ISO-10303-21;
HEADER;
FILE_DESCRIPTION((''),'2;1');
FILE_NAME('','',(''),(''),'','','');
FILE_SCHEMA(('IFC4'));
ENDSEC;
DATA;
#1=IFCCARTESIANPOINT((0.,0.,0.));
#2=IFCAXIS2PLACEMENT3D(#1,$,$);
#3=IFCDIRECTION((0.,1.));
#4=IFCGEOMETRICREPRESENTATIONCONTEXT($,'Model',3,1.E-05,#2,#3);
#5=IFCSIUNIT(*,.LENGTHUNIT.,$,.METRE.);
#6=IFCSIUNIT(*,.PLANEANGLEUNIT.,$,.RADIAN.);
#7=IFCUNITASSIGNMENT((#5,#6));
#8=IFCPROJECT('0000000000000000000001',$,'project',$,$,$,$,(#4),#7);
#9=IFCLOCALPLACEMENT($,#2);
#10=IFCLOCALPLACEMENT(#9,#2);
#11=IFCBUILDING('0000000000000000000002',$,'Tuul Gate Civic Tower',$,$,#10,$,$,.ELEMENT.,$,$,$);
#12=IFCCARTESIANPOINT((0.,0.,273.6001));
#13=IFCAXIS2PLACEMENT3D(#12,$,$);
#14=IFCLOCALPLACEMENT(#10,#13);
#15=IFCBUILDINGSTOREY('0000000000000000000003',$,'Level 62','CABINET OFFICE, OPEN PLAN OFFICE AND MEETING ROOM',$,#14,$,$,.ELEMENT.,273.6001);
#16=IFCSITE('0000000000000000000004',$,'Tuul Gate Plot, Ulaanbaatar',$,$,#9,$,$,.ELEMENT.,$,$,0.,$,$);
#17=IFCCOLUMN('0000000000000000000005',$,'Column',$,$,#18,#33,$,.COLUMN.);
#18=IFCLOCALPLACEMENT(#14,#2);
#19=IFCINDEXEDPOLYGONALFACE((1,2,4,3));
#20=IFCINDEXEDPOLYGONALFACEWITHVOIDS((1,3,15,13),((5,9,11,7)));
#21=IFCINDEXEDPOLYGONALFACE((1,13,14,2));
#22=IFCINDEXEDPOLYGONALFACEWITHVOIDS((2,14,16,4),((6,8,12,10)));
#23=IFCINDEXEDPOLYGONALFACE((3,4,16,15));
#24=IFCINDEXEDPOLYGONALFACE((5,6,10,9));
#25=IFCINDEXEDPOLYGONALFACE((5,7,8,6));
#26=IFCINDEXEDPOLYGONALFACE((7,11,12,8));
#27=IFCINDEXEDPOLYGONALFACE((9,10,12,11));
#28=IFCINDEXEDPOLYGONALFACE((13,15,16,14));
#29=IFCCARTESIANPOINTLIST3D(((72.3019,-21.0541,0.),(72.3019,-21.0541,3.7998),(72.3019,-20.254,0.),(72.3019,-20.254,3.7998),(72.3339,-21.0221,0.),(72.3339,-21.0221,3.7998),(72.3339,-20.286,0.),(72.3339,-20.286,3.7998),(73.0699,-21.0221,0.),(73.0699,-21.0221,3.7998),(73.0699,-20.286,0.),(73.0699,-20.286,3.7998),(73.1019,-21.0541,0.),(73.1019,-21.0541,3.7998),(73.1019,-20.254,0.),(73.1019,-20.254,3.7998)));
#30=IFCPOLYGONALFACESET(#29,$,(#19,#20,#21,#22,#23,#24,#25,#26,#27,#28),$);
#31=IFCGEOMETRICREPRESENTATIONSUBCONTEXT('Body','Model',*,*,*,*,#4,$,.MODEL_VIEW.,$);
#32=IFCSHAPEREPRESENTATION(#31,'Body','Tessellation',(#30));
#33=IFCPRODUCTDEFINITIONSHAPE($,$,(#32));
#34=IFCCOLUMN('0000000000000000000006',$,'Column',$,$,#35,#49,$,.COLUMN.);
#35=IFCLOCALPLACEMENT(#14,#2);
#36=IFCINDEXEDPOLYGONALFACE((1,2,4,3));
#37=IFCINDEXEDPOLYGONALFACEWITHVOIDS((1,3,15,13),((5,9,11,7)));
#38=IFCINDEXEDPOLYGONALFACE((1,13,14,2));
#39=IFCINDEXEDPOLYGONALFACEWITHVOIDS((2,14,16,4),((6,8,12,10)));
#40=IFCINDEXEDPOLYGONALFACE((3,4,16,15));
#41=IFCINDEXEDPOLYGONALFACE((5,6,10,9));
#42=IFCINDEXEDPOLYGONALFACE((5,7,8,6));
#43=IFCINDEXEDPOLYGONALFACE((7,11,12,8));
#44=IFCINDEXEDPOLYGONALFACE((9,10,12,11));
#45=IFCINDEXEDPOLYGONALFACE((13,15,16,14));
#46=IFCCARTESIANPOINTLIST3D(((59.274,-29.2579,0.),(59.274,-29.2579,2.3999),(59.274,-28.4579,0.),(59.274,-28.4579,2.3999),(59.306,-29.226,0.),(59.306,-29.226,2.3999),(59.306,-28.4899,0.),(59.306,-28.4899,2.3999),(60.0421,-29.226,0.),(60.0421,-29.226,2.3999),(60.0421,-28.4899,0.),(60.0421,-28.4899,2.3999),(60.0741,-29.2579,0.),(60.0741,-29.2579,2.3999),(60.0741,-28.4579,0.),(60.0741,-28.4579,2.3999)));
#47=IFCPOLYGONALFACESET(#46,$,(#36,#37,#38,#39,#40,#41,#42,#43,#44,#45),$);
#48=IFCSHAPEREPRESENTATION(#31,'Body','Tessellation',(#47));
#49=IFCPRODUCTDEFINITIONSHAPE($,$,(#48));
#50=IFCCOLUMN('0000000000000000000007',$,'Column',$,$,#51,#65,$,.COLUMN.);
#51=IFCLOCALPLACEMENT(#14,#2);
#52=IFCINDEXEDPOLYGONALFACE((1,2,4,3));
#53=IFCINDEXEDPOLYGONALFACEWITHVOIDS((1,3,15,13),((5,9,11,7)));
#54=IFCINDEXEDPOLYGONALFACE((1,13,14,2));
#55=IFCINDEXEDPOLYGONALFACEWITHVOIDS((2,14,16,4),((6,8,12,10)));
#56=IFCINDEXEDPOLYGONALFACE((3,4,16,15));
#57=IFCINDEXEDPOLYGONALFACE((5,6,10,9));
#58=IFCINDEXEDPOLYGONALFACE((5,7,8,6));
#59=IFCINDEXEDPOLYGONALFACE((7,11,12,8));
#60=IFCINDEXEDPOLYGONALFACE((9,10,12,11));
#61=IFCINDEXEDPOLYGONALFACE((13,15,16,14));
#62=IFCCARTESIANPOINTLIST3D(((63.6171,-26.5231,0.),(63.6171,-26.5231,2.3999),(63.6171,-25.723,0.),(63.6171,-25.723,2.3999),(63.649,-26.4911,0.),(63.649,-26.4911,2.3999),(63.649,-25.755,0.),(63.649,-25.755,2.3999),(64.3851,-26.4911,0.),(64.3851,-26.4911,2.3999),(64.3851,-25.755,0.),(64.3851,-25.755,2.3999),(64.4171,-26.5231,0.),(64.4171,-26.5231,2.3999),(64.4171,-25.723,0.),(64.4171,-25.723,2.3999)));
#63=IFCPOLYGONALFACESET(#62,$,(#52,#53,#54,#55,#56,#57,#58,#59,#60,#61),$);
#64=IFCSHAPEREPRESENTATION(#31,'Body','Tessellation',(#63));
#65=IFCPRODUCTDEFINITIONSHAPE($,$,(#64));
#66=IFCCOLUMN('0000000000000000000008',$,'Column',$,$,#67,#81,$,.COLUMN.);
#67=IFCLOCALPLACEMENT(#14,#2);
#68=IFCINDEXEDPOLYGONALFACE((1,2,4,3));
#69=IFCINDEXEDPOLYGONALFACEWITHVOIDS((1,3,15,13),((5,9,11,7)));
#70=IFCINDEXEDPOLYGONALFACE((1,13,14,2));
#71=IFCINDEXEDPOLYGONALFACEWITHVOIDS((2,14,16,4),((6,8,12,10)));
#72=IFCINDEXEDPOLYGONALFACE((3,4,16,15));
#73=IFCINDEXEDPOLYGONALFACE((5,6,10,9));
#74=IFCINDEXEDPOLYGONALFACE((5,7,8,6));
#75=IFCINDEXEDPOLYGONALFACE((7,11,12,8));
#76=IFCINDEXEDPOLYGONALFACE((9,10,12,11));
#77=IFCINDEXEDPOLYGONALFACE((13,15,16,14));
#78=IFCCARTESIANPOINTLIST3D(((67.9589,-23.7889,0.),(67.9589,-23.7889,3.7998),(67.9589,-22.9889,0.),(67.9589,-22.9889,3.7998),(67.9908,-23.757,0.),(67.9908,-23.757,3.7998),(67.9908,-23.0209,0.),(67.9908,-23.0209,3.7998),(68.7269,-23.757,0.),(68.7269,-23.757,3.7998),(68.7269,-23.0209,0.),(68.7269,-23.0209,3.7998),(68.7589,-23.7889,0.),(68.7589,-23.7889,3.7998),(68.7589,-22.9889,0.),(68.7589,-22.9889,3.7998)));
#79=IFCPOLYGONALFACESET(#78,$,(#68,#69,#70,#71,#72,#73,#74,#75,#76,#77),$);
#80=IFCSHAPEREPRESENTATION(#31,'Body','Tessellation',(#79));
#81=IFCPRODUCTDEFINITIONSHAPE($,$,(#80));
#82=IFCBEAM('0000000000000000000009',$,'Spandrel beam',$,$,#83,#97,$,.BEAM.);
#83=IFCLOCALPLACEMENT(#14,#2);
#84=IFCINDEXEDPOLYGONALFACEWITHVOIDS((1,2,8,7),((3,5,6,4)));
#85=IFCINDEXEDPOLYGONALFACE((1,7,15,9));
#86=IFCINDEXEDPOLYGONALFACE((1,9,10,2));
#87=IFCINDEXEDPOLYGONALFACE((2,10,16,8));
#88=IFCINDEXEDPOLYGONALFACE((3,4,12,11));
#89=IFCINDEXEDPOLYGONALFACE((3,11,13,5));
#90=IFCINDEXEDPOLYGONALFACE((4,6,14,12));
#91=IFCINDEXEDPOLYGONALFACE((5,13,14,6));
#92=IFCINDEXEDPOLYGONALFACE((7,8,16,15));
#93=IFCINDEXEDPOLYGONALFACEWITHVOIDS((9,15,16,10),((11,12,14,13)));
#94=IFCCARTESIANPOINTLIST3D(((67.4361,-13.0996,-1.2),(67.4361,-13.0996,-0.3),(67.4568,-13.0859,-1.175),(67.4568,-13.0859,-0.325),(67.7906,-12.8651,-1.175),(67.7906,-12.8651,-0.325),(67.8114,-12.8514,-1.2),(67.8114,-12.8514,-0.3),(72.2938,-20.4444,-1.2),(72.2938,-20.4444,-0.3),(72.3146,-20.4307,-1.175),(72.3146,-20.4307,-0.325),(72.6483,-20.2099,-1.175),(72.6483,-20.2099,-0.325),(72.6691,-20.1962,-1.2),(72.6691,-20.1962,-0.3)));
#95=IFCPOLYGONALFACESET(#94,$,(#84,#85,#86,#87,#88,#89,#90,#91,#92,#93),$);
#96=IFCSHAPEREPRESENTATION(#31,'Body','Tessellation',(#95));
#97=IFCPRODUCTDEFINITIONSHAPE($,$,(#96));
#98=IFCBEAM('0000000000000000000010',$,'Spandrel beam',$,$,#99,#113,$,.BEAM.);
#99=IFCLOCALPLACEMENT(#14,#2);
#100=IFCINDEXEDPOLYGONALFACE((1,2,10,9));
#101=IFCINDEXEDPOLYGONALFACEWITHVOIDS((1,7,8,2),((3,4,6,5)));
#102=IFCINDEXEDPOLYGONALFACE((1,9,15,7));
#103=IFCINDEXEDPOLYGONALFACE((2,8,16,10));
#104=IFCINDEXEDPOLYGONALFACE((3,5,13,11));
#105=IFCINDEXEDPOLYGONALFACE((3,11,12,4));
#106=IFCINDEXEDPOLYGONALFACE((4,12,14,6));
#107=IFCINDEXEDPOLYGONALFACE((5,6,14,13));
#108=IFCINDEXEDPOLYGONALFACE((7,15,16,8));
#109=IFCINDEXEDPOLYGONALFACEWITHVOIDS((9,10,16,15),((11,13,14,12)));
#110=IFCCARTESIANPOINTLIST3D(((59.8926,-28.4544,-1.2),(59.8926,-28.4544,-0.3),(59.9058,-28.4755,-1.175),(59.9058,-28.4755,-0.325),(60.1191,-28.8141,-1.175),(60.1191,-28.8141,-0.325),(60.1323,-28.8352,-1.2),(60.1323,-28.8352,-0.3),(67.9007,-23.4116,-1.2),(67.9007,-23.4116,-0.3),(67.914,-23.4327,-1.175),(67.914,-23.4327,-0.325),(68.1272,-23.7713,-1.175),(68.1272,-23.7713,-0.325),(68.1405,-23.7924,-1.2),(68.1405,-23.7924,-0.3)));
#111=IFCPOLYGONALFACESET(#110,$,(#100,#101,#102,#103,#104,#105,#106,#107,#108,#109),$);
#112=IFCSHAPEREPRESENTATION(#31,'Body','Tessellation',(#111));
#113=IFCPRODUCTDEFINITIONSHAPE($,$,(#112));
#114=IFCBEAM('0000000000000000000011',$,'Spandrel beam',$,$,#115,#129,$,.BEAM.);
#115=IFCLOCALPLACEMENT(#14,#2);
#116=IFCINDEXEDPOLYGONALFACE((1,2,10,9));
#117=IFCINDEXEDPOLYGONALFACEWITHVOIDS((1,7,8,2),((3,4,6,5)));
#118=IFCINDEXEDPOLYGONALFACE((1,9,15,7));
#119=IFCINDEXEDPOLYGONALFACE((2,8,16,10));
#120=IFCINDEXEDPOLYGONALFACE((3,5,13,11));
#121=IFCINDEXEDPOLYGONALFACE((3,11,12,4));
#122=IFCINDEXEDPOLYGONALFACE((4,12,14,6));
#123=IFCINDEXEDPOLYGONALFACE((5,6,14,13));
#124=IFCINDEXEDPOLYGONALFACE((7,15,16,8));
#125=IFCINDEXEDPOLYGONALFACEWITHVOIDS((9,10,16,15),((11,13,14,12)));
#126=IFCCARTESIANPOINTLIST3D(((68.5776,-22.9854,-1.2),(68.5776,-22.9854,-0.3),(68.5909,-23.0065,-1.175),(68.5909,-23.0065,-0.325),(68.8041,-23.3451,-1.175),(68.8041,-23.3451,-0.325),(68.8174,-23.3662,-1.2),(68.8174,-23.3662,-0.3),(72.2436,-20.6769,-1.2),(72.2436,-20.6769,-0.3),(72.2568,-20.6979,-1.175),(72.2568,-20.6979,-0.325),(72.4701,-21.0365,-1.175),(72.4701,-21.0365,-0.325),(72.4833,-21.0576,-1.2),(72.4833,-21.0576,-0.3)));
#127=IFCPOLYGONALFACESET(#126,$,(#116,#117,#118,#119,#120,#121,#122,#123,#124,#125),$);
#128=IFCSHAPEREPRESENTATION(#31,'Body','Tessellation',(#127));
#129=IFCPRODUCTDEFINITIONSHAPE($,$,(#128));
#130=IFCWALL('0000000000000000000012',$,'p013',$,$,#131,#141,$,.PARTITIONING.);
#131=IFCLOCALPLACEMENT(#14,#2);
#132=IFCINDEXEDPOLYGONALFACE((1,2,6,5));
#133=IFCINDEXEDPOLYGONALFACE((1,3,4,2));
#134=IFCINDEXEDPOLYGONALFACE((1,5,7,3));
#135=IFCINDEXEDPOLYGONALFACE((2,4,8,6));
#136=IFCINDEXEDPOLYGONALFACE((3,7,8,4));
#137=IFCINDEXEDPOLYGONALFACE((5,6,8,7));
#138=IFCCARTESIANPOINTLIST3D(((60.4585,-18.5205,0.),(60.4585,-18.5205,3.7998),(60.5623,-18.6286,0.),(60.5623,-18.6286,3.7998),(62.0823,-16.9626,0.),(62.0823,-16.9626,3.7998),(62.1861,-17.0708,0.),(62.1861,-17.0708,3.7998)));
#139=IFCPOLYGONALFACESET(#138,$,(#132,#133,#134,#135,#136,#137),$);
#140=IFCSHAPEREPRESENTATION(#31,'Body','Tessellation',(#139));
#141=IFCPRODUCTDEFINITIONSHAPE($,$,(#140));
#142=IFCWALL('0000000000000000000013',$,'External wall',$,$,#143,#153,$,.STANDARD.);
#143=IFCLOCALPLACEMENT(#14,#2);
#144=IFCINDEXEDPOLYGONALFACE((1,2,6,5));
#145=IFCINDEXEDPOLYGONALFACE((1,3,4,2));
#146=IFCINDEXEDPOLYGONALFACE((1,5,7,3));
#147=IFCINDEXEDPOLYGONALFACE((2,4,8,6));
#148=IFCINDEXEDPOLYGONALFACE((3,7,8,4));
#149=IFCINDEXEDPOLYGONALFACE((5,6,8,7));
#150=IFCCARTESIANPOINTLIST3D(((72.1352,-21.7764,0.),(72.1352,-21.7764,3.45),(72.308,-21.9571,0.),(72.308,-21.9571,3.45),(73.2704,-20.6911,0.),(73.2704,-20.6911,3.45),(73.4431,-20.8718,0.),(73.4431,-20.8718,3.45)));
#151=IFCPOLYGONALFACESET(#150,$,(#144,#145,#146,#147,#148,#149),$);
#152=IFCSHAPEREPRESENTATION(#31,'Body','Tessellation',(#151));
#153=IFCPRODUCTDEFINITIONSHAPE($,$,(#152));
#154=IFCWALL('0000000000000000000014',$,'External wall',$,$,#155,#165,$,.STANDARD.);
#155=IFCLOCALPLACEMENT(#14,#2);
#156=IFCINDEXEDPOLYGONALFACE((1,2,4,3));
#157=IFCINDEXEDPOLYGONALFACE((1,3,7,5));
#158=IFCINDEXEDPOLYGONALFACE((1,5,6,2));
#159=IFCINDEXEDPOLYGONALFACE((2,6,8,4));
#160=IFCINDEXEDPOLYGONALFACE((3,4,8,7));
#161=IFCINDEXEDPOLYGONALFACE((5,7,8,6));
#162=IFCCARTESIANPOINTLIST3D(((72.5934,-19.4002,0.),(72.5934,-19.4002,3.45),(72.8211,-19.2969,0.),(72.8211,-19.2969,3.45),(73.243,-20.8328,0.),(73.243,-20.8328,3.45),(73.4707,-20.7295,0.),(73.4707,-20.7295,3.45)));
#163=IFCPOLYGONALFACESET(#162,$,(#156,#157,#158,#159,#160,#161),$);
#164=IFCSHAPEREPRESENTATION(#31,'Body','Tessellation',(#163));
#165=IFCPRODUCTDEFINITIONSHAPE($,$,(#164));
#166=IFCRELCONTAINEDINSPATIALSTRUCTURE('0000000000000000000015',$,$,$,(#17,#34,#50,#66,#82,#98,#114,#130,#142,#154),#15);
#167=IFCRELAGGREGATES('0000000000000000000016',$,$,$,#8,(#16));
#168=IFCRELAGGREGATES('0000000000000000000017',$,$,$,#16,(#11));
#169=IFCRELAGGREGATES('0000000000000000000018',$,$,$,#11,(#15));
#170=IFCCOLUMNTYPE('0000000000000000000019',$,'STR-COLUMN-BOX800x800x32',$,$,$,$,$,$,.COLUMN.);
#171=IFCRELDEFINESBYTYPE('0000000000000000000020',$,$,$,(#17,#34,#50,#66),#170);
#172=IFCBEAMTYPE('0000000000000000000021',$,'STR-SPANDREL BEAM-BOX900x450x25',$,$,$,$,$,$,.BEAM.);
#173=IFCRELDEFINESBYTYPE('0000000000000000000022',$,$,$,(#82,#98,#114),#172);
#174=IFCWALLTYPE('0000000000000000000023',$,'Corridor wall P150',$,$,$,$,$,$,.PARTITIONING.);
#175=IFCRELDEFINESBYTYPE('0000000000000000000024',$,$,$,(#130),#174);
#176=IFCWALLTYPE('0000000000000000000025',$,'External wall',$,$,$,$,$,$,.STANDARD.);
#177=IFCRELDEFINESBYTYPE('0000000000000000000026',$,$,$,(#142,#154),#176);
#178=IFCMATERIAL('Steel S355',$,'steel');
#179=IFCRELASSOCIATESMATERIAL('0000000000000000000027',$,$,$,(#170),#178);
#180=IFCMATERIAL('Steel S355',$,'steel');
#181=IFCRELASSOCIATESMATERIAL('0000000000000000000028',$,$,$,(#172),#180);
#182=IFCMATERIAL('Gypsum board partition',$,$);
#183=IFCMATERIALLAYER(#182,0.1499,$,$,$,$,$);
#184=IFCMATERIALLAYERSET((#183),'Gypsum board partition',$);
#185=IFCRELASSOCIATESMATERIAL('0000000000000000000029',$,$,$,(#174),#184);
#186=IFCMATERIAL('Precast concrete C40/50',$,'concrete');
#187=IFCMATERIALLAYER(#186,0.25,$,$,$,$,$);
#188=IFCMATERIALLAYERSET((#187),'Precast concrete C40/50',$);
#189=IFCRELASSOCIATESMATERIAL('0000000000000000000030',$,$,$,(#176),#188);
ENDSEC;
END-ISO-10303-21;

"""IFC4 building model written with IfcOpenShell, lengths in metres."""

from ifc_helpers import new_model, si_unit, direction, frame, frame_2d, origin, origin_2d, place, context, subcontext, project, spatial, rectangle, hollow_rectangle, extrude, material, layer, layer_set, material_profile, profile_set, type_object, element, save


model = new_model("IFC4")

# Units and contexts
model_context = context("Model", 3, precision=1e-05, world=origin(), true_north=direction((0.0, 1.0)))
body_context = subcontext(model_context, "Body", "Model", "MODEL_VIEW")
ifc_project = project(units=[si_unit("LENGTHUNIT", "METRE"), si_unit("PLANEANGLEUNIT", "RADIAN")], contexts=[model_context])

# Site, building, storey
site_placement = place(None, origin())
site = spatial("IfcSite", under=ifc_project, at=site_placement, Name="Tuul Gate Plot, Ulaanbaatar", CompositionType="ELEMENT", RefElevation=0.0)
building_placement = place(site_placement, origin())
building = spatial("IfcBuilding", under=site, at=building_placement, Name="Tuul Gate Civic Tower", CompositionType="ELEMENT")
storey_placement = place(building_placement, frame((0.0, 0.0, 273.6001)))
storey = spatial("IfcBuildingStorey", under=building, at=storey_placement, Name="Level 62", Description="CABINET OFFICE, OPEN PLAN OFFICE AND MEETING ROOM", CompositionType="ELEMENT", Elevation=273.6001)

# Columns
ifc_material_1 = material(Name="Steel S355", Category="steel")
ifc_material_profile_1 = material_profile(ifc_material_1, hollow_rectangle(XDim=0.8, YDim=0.8, WallThickness=0.032, at=origin_2d()), Name="BOX800x800x32")
ifc_profile_set_1 = profile_set([ifc_material_profile_1], Name="Steel S355")
column_type = type_object("IfcColumnType", Name="STR-COLUMN-BOX800x800x32", PredefinedType="COLUMN", material=ifc_profile_set_1)
column_1_placement = place(storey_placement, frame((72.7019, -20.6541, 0.0), z_axis=(0.0, 0.0, 1.0), x_axis=(1.0, 0.0, 0.0)))
element("IfcColumn", 1, at=column_1_placement, inside=storey, type_object=column_type, Name="Column", PredefinedType="COLUMN", context=body_context, shape_type="SweptSolid", body=[
    extrude(hollow_rectangle(XDim=0.8, YDim=0.8, WallThickness=0.032, at=origin_2d()), origin(), (0.0, 0.0, 1.0), 3.7998),
])
for number, where, z_axis, x_axis, name in (
    (2, (59.6741, -28.8579, 0.0), (0.0, 0.0, 1.0), (1.0, 0.0, 0.0), "Column"),
    (3, (64.0171, -26.123, 0.0), (0.0, 0.0, 1.0), (1.0, 0.0, 0.0), "Column"),
):
    element("IfcColumn", number, at=place(storey_placement, frame(where, z_axis=z_axis, x_axis=x_axis)), inside=storey, type_object=column_type, Name=name, PredefinedType="COLUMN", context=body_context, shape_type="SweptSolid", body=[
        extrude(hollow_rectangle(XDim=0.8, YDim=0.8, WallThickness=0.032, at=origin_2d()), origin(), (0.0, 0.0, 1.0), 2.3999),
    ])
column_2_placement = place(storey_placement, frame((68.3589, -23.3889, 0.0), z_axis=(0.0, 0.0, 1.0), x_axis=(1.0, 0.0, 0.0)))
element("IfcColumn", 4, at=column_2_placement, inside=storey, type_object=column_type, Name="Column", PredefinedType="COLUMN", context=body_context, shape_type="SweptSolid", body=[
    extrude(hollow_rectangle(XDim=0.8, YDim=0.8, WallThickness=0.032, at=origin_2d()), origin(), (0.0, 0.0, 1.0), 3.7998),
])

# Beams
ifc_material_2 = material(Name="Steel S355", Category="steel")
ifc_material_profile_2 = material_profile(ifc_material_2, hollow_rectangle(XDim=0.45, YDim=0.8999, WallThickness=0.0249, at=origin_2d()), Name="BOX900x450x25")
ifc_profile_set_2 = profile_set([ifc_material_profile_2], Name="Steel S355")
beam_type = type_object("IfcBeamType", Name="STR-SPANDREL BEAM-BOX900x450x25", PredefinedType="BEAM", material=ifc_profile_set_2)
beam_1_placement = place(storey_placement, frame((72.4814, -20.3203, -0.75), z_axis=(-0.551645, 0.834079, 0.0), x_axis=(-0.834079, -0.551645, 0.0)))
element("IfcBeam", 5, at=beam_1_placement, inside=storey, type_object=beam_type, Name="Spandrel beam", PredefinedType="BEAM", context=body_context, shape_type="SweptSolid", body=[
    extrude(hollow_rectangle(XDim=0.45, YDim=0.8999, WallThickness=0.0249, at=origin_2d()), origin(), (0.0, 0.0, 1.0), 8.8059),
])
beam_2_placement = place(storey_placement, frame((60.0125, -28.6448, -0.75), z_axis=(0.846204, 0.53286, 0.0), x_axis=(-0.53286, 0.846204, 0.0)))
element("IfcBeam", 6, at=beam_2_placement, inside=storey, type_object=beam_type, Name="Spandrel beam", PredefinedType="BEAM", context=body_context, shape_type="SweptSolid", body=[
    extrude(hollow_rectangle(XDim=0.45, YDim=0.8999, WallThickness=0.0249, at=origin_2d()), origin(), (0.0, 0.0, 1.0), 9.4636),
])
beam_3_placement = place(storey_placement, frame((68.6975, -23.1758, -0.75), z_axis=(0.846195, 0.532873, 0.0), x_axis=(-0.532873, 0.846195, 0.0)))
element("IfcBeam", 7, at=beam_3_placement, inside=storey, type_object=beam_type, Name="Spandrel beam", PredefinedType="BEAM", context=body_context, shape_type="SweptSolid", body=[
    extrude(hollow_rectangle(XDim=0.45, YDim=0.8999, WallThickness=0.0249, at=origin_2d()), origin(), (0.0, 0.0, 1.0), 4.3323),
])

# Walls
ifc_material_3 = material(Name="Gypsum board partition")
ifc_layer_1 = layer(ifc_material_3, 0.1499)
ifc_layer_set_1 = layer_set([ifc_layer_1], Name="Gypsum board partition")
wall_type_1 = type_object("IfcWallType", Name="Corridor wall P150", PredefinedType="PARTITIONING", material=ifc_layer_set_1)
wall_1_placement = place(storey_placement, frame((60.5105, -18.5745, 0.0), z_axis=(0.0, 0.0, 1.0), x_axis=(0.721602, 0.692308, 0.0)))
element("IfcWall", 8, at=wall_1_placement, inside=storey, type_object=wall_type_1, Name="p013", PredefinedType="PARTITIONING", context=body_context, shape_type="SweptSolid", body=[
    extrude(rectangle(XDim=2.2502, YDim=0.1499, at=frame_2d((1.125, 0.0))), origin(), (0.0, 0.0, 1.0), 3.7998),
])
ifc_material_4 = material(Name="Precast concrete C40/50", Category="concrete")
ifc_layer_2 = layer(ifc_material_4, 0.25)
ifc_layer_set_2 = layer_set([ifc_layer_2], Name="Precast concrete C40/50")
wall_type_2 = type_object("IfcWallType", Name="External wall", PredefinedType="STANDARD", material=ifc_layer_set_2)
wall_2_placement = place(storey_placement, frame((72.2217, -21.8667, 0.0), z_axis=(0.0, 0.0, 1.0), x_axis=(0.722784, 0.691074, 0.0)))
element("IfcWall", 9, at=wall_2_placement, inside=storey, type_object=wall_type_2, Name="External wall", PredefinedType="STANDARD", context=body_context, shape_type="SweptSolid", body=[
    extrude(rectangle(XDim=1.5706, YDim=0.25, at=frame_2d((0.7852, 0.0))), origin(), (0.0, 0.0, 1.0), 3.45),
])
wall_3_placement = place(storey_placement, frame((73.3569, -20.7812, 0.0), z_axis=(0.0, 0.0, 1.0), x_axis=(-0.412996, 0.910733, 0.0)))
element("IfcWall", 10, at=wall_3_placement, inside=storey, type_object=wall_type_2, Name="External wall", PredefinedType="STANDARD", context=body_context, shape_type="SweptSolid", body=[
    extrude(rectangle(XDim=1.573, YDim=0.25, at=frame_2d((0.7866, 0.0))), origin(), (0.0, 0.0, 1.0), 3.45),
])

save(model, "model.ifc")
